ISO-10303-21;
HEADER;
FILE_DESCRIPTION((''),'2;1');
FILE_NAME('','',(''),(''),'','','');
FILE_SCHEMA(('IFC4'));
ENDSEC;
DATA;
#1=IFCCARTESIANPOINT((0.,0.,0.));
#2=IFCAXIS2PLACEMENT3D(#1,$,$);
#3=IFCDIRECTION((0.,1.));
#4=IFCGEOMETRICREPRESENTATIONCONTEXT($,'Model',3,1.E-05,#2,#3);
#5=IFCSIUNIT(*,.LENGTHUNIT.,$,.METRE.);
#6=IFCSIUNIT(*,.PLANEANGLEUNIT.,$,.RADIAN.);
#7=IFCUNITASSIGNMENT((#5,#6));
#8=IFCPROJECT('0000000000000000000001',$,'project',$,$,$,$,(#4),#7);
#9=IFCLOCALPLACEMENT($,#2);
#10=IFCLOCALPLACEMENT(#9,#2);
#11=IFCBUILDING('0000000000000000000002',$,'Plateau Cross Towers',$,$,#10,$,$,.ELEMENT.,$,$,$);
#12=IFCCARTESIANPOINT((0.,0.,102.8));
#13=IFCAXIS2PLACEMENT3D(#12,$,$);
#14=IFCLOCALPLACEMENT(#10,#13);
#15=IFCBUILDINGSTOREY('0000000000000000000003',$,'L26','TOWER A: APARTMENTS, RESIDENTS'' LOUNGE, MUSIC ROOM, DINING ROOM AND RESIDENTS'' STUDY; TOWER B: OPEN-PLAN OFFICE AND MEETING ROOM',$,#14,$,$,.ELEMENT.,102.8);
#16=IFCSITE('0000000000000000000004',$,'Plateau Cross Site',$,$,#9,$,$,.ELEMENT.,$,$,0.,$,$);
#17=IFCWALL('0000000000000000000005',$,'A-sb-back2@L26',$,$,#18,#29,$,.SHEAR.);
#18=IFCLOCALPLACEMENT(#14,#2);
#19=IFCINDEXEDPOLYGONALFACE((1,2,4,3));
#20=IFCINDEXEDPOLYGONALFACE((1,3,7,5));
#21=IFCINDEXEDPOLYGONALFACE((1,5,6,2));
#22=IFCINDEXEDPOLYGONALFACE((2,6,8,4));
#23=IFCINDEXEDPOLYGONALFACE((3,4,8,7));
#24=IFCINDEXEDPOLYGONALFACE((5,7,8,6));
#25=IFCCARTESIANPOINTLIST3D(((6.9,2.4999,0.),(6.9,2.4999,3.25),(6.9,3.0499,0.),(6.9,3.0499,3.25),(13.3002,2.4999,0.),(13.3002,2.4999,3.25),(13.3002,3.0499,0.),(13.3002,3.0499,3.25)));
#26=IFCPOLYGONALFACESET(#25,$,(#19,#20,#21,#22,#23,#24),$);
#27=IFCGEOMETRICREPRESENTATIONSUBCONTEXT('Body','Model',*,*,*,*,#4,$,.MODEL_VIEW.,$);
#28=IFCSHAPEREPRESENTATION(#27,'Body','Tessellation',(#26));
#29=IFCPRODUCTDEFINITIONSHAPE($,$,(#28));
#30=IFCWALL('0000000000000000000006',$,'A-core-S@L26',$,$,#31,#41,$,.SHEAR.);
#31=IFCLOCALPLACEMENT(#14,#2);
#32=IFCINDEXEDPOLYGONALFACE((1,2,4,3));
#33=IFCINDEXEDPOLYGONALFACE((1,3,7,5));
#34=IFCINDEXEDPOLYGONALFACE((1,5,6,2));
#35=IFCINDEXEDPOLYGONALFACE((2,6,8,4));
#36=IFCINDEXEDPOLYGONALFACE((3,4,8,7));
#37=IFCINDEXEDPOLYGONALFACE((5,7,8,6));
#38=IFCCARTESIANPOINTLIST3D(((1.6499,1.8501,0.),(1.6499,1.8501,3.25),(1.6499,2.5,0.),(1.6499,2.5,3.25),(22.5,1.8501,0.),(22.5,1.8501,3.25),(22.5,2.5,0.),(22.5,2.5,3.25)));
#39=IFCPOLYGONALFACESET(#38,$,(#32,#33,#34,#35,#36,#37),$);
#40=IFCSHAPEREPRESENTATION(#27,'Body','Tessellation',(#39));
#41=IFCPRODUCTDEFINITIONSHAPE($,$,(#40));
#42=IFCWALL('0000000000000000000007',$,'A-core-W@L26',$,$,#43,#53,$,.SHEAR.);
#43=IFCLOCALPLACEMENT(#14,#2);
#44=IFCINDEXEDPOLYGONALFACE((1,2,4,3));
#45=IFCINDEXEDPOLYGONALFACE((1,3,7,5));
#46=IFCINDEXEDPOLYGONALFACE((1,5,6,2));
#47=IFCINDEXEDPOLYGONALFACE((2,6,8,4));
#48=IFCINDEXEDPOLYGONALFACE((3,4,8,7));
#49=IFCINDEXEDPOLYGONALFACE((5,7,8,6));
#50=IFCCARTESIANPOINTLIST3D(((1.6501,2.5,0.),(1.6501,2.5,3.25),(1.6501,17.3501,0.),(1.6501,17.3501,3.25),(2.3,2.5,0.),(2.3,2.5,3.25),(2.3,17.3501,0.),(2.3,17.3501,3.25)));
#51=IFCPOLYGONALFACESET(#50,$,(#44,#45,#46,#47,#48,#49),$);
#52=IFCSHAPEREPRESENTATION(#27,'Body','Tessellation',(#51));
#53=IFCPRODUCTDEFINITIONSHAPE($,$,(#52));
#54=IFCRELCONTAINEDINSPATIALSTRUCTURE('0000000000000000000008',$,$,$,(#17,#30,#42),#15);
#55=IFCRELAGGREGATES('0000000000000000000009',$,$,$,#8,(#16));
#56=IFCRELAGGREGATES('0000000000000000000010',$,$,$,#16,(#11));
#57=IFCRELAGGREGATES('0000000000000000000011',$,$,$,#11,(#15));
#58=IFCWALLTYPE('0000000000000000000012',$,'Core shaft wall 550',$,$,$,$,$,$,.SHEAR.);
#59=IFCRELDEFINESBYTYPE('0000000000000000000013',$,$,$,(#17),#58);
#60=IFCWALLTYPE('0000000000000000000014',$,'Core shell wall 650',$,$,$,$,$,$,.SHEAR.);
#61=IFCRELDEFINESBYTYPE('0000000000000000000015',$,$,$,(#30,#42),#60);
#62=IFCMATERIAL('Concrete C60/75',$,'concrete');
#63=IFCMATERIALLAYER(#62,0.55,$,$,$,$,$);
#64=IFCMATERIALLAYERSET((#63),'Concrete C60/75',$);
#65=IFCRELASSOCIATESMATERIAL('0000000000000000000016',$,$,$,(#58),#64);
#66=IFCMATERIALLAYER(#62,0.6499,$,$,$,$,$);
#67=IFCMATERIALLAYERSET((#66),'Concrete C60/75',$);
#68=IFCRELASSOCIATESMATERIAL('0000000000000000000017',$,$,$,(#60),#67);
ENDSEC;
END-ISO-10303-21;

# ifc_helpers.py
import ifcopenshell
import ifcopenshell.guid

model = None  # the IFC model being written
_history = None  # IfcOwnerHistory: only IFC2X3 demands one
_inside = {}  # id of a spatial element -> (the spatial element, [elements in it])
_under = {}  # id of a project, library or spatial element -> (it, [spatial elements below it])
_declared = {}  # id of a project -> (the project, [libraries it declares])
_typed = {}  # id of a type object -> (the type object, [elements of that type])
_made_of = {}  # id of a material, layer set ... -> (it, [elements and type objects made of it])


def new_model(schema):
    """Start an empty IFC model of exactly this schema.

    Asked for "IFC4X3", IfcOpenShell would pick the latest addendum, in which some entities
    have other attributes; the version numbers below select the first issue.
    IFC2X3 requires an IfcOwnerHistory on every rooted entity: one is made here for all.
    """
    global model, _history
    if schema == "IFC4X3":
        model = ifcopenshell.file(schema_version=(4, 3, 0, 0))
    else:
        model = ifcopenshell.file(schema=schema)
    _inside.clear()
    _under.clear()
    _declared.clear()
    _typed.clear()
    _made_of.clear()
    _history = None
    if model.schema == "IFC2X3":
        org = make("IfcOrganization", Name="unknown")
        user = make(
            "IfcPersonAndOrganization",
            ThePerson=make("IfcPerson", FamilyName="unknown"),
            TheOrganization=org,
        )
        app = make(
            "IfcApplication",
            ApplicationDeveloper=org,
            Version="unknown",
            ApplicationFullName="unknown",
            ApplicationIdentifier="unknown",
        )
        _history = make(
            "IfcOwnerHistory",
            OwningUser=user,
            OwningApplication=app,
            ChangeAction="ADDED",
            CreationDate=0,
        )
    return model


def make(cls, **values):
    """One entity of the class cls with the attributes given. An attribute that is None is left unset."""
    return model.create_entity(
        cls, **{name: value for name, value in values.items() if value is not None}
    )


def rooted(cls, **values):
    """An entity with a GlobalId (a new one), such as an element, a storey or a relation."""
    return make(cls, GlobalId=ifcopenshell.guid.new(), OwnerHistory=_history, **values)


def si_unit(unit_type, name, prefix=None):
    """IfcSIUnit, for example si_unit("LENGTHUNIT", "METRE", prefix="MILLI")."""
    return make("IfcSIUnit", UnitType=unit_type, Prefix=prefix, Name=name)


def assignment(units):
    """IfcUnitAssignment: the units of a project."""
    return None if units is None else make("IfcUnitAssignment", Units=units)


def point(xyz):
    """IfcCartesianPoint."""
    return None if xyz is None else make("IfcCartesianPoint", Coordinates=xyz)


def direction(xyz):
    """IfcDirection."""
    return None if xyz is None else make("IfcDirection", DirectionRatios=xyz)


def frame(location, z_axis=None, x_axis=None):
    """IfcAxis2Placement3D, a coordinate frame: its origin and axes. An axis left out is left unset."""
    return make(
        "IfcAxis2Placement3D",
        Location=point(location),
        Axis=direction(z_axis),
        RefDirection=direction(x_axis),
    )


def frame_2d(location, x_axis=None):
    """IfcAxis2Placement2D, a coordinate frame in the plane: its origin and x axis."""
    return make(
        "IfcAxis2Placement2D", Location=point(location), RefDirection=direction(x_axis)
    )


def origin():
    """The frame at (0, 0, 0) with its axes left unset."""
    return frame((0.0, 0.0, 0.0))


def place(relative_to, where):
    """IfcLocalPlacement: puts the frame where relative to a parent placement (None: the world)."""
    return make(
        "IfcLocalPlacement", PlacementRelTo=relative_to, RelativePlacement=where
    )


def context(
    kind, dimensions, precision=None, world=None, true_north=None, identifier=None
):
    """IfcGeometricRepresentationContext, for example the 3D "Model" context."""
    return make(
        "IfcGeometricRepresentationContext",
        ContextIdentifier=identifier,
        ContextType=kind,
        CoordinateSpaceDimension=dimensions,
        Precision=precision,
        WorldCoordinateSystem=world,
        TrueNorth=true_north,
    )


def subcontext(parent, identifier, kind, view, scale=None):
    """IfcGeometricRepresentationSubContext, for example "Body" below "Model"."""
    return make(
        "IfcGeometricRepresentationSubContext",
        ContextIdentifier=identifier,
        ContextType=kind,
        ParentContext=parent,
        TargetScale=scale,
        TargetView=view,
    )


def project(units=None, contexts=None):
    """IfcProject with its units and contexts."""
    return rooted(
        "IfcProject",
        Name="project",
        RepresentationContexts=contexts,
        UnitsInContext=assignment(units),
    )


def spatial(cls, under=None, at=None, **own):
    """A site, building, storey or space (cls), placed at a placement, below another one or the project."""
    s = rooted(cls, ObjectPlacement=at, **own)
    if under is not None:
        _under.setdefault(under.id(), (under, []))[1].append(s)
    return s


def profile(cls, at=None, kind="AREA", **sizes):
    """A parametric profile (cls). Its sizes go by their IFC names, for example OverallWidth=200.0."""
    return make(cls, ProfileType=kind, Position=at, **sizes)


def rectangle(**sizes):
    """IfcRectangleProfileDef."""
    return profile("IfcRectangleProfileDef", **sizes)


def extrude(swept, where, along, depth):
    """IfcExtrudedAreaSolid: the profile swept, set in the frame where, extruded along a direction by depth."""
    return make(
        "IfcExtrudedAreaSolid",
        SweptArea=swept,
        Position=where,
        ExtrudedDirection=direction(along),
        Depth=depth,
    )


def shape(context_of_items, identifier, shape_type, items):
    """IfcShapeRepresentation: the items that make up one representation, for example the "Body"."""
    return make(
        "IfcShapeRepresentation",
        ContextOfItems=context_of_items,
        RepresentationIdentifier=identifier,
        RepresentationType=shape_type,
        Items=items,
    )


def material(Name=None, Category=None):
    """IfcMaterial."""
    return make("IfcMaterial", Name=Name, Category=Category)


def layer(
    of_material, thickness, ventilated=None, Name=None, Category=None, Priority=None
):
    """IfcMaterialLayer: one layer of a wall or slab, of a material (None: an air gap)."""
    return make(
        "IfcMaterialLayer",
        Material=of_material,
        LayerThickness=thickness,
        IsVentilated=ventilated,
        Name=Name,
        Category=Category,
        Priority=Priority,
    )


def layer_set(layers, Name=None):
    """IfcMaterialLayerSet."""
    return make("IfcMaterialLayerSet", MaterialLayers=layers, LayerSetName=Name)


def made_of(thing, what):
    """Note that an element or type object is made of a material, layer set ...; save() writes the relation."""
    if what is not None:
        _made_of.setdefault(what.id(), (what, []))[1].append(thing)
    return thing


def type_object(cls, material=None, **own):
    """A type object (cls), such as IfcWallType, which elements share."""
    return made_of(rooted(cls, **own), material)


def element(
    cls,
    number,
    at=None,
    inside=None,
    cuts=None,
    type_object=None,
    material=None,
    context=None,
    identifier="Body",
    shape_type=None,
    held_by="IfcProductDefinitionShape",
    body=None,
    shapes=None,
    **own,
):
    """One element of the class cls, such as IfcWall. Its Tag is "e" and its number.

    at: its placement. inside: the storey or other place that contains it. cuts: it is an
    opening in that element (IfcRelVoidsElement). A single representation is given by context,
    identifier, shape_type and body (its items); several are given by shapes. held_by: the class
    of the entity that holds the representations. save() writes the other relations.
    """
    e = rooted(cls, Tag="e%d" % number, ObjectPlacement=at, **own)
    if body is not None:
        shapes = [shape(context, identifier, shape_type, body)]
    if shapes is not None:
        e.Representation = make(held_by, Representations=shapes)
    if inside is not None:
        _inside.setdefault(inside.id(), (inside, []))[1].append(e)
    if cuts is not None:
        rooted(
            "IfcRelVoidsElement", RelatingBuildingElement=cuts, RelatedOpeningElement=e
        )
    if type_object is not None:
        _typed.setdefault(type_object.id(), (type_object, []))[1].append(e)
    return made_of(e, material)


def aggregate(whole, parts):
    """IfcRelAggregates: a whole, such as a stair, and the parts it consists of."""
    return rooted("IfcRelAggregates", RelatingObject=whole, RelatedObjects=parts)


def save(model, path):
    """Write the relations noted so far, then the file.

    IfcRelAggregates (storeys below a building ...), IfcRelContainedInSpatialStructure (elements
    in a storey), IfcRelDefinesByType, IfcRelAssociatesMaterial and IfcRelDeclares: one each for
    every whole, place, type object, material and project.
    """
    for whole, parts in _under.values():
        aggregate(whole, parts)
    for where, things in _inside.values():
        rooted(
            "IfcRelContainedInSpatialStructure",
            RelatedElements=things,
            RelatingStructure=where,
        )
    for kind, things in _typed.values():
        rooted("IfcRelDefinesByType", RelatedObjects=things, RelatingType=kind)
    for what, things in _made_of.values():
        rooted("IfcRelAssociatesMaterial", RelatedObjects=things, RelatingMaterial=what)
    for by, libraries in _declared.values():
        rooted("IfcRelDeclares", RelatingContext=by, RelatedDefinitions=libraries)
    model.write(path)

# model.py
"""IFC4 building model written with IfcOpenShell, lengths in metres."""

from ifc_helpers import new_model, si_unit, direction, frame, frame_2d, origin, place, context, subcontext, project, spatial, rectangle, extrude, material, layer, layer_set, type_object, element, save


model = new_model("IFC4")

# Units and contexts
model_context = context("Model", 3, precision=1e-05, world=origin(), true_north=direction((0.0, 1.0)))
body_context = subcontext(model_context, "Body", "Model", "MODEL_VIEW")
ifc_project = project(units=[si_unit("LENGTHUNIT", "METRE"), si_unit("PLANEANGLEUNIT", "RADIAN")], contexts=[model_context])

# Site, building, storey
site_placement = place(None, origin())
site = spatial("IfcSite", under=ifc_project, at=site_placement, Name="Plateau Cross Site", CompositionType="ELEMENT", RefElevation=0.0)
building_placement = place(site_placement, origin())
building = spatial("IfcBuilding", under=site, at=building_placement, Name="Plateau Cross Towers", CompositionType="ELEMENT")
storey_placement = place(building_placement, frame((0.0, 0.0, 102.8)))
storey = spatial("IfcBuildingStorey", under=building, at=storey_placement, Name="L26", Description="TOWER A: APARTMENTS, RESIDENTS' LOUNGE, MUSIC ROOM, DINING ROOM AND RESIDENTS' STUDY; TOWER B: OPEN-PLAN OFFICE AND MEETING ROOM", CompositionType="ELEMENT", Elevation=102.8)

# Shared definitions
ifc_material_1 = material(Name="Concrete C60/75", Category="concrete")

# Walls
ifc_layer_1 = layer(ifc_material_1, 0.55)
ifc_layer_set_1 = layer_set([ifc_layer_1], Name="Concrete C60/75")
wall_type_1 = type_object("IfcWallType", Name="Core shaft wall 550", PredefinedType="SHEAR", material=ifc_layer_set_1)
wall_1_placement = place(storey_placement, frame((6.8999, 2.7749, 0.0), z_axis=(0.0, 0.0, 1.0), x_axis=(1.0, 0.0, 0.0)))
element("IfcWall", 1, at=wall_1_placement, inside=storey, type_object=wall_type_1, Name="A-sb-back2@L26", PredefinedType="SHEAR", context=body_context, shape_type="SweptSolid", body=[
    extrude(rectangle(XDim=6.4001, YDim=0.55, at=frame_2d((3.2002, 0.0))), origin(), (0.0, 0.0, 1.0), 3.25),
])
ifc_layer_2 = layer(ifc_material_1, 0.6499)
ifc_layer_set_2 = layer_set([ifc_layer_2], Name="Concrete C60/75")
wall_type_2 = type_object("IfcWallType", Name="Core shell wall 650", PredefinedType="SHEAR", material=ifc_layer_set_2)
wall_2_placement = place(storey_placement, frame((1.6499, 2.175, 0.0), z_axis=(0.0, 0.0, 1.0), x_axis=(1.0, 0.0, 0.0)))
element("IfcWall", 2, at=wall_2_placement, inside=storey, type_object=wall_type_2, Name="A-core-S@L26", PredefinedType="SHEAR", context=body_context, shape_type="SweptSolid", body=[
    extrude(rectangle(XDim=20.8501, YDim=0.6499, at=frame_2d((10.425, 0.0))), origin(), (0.0, 0.0, 1.0), 3.25),
])
wall_3_placement = place(storey_placement, frame((1.9751, 2.5, 0.0), z_axis=(0.0, 0.0, 1.0), x_axis=(0.0, 1.0, 0.0)))
element("IfcWall", 3, at=wall_3_placement, inside=storey, type_object=wall_type_2, Name="A-core-W@L26", PredefinedType="SHEAR", context=body_context, shape_type="SweptSolid", body=[
    extrude(rectangle(XDim=14.8501, YDim=0.6499, at=frame_2d((7.425, 0.0))), origin(), (0.0, 0.0, 1.0), 3.25),
])

save(model, "model.ifc")
